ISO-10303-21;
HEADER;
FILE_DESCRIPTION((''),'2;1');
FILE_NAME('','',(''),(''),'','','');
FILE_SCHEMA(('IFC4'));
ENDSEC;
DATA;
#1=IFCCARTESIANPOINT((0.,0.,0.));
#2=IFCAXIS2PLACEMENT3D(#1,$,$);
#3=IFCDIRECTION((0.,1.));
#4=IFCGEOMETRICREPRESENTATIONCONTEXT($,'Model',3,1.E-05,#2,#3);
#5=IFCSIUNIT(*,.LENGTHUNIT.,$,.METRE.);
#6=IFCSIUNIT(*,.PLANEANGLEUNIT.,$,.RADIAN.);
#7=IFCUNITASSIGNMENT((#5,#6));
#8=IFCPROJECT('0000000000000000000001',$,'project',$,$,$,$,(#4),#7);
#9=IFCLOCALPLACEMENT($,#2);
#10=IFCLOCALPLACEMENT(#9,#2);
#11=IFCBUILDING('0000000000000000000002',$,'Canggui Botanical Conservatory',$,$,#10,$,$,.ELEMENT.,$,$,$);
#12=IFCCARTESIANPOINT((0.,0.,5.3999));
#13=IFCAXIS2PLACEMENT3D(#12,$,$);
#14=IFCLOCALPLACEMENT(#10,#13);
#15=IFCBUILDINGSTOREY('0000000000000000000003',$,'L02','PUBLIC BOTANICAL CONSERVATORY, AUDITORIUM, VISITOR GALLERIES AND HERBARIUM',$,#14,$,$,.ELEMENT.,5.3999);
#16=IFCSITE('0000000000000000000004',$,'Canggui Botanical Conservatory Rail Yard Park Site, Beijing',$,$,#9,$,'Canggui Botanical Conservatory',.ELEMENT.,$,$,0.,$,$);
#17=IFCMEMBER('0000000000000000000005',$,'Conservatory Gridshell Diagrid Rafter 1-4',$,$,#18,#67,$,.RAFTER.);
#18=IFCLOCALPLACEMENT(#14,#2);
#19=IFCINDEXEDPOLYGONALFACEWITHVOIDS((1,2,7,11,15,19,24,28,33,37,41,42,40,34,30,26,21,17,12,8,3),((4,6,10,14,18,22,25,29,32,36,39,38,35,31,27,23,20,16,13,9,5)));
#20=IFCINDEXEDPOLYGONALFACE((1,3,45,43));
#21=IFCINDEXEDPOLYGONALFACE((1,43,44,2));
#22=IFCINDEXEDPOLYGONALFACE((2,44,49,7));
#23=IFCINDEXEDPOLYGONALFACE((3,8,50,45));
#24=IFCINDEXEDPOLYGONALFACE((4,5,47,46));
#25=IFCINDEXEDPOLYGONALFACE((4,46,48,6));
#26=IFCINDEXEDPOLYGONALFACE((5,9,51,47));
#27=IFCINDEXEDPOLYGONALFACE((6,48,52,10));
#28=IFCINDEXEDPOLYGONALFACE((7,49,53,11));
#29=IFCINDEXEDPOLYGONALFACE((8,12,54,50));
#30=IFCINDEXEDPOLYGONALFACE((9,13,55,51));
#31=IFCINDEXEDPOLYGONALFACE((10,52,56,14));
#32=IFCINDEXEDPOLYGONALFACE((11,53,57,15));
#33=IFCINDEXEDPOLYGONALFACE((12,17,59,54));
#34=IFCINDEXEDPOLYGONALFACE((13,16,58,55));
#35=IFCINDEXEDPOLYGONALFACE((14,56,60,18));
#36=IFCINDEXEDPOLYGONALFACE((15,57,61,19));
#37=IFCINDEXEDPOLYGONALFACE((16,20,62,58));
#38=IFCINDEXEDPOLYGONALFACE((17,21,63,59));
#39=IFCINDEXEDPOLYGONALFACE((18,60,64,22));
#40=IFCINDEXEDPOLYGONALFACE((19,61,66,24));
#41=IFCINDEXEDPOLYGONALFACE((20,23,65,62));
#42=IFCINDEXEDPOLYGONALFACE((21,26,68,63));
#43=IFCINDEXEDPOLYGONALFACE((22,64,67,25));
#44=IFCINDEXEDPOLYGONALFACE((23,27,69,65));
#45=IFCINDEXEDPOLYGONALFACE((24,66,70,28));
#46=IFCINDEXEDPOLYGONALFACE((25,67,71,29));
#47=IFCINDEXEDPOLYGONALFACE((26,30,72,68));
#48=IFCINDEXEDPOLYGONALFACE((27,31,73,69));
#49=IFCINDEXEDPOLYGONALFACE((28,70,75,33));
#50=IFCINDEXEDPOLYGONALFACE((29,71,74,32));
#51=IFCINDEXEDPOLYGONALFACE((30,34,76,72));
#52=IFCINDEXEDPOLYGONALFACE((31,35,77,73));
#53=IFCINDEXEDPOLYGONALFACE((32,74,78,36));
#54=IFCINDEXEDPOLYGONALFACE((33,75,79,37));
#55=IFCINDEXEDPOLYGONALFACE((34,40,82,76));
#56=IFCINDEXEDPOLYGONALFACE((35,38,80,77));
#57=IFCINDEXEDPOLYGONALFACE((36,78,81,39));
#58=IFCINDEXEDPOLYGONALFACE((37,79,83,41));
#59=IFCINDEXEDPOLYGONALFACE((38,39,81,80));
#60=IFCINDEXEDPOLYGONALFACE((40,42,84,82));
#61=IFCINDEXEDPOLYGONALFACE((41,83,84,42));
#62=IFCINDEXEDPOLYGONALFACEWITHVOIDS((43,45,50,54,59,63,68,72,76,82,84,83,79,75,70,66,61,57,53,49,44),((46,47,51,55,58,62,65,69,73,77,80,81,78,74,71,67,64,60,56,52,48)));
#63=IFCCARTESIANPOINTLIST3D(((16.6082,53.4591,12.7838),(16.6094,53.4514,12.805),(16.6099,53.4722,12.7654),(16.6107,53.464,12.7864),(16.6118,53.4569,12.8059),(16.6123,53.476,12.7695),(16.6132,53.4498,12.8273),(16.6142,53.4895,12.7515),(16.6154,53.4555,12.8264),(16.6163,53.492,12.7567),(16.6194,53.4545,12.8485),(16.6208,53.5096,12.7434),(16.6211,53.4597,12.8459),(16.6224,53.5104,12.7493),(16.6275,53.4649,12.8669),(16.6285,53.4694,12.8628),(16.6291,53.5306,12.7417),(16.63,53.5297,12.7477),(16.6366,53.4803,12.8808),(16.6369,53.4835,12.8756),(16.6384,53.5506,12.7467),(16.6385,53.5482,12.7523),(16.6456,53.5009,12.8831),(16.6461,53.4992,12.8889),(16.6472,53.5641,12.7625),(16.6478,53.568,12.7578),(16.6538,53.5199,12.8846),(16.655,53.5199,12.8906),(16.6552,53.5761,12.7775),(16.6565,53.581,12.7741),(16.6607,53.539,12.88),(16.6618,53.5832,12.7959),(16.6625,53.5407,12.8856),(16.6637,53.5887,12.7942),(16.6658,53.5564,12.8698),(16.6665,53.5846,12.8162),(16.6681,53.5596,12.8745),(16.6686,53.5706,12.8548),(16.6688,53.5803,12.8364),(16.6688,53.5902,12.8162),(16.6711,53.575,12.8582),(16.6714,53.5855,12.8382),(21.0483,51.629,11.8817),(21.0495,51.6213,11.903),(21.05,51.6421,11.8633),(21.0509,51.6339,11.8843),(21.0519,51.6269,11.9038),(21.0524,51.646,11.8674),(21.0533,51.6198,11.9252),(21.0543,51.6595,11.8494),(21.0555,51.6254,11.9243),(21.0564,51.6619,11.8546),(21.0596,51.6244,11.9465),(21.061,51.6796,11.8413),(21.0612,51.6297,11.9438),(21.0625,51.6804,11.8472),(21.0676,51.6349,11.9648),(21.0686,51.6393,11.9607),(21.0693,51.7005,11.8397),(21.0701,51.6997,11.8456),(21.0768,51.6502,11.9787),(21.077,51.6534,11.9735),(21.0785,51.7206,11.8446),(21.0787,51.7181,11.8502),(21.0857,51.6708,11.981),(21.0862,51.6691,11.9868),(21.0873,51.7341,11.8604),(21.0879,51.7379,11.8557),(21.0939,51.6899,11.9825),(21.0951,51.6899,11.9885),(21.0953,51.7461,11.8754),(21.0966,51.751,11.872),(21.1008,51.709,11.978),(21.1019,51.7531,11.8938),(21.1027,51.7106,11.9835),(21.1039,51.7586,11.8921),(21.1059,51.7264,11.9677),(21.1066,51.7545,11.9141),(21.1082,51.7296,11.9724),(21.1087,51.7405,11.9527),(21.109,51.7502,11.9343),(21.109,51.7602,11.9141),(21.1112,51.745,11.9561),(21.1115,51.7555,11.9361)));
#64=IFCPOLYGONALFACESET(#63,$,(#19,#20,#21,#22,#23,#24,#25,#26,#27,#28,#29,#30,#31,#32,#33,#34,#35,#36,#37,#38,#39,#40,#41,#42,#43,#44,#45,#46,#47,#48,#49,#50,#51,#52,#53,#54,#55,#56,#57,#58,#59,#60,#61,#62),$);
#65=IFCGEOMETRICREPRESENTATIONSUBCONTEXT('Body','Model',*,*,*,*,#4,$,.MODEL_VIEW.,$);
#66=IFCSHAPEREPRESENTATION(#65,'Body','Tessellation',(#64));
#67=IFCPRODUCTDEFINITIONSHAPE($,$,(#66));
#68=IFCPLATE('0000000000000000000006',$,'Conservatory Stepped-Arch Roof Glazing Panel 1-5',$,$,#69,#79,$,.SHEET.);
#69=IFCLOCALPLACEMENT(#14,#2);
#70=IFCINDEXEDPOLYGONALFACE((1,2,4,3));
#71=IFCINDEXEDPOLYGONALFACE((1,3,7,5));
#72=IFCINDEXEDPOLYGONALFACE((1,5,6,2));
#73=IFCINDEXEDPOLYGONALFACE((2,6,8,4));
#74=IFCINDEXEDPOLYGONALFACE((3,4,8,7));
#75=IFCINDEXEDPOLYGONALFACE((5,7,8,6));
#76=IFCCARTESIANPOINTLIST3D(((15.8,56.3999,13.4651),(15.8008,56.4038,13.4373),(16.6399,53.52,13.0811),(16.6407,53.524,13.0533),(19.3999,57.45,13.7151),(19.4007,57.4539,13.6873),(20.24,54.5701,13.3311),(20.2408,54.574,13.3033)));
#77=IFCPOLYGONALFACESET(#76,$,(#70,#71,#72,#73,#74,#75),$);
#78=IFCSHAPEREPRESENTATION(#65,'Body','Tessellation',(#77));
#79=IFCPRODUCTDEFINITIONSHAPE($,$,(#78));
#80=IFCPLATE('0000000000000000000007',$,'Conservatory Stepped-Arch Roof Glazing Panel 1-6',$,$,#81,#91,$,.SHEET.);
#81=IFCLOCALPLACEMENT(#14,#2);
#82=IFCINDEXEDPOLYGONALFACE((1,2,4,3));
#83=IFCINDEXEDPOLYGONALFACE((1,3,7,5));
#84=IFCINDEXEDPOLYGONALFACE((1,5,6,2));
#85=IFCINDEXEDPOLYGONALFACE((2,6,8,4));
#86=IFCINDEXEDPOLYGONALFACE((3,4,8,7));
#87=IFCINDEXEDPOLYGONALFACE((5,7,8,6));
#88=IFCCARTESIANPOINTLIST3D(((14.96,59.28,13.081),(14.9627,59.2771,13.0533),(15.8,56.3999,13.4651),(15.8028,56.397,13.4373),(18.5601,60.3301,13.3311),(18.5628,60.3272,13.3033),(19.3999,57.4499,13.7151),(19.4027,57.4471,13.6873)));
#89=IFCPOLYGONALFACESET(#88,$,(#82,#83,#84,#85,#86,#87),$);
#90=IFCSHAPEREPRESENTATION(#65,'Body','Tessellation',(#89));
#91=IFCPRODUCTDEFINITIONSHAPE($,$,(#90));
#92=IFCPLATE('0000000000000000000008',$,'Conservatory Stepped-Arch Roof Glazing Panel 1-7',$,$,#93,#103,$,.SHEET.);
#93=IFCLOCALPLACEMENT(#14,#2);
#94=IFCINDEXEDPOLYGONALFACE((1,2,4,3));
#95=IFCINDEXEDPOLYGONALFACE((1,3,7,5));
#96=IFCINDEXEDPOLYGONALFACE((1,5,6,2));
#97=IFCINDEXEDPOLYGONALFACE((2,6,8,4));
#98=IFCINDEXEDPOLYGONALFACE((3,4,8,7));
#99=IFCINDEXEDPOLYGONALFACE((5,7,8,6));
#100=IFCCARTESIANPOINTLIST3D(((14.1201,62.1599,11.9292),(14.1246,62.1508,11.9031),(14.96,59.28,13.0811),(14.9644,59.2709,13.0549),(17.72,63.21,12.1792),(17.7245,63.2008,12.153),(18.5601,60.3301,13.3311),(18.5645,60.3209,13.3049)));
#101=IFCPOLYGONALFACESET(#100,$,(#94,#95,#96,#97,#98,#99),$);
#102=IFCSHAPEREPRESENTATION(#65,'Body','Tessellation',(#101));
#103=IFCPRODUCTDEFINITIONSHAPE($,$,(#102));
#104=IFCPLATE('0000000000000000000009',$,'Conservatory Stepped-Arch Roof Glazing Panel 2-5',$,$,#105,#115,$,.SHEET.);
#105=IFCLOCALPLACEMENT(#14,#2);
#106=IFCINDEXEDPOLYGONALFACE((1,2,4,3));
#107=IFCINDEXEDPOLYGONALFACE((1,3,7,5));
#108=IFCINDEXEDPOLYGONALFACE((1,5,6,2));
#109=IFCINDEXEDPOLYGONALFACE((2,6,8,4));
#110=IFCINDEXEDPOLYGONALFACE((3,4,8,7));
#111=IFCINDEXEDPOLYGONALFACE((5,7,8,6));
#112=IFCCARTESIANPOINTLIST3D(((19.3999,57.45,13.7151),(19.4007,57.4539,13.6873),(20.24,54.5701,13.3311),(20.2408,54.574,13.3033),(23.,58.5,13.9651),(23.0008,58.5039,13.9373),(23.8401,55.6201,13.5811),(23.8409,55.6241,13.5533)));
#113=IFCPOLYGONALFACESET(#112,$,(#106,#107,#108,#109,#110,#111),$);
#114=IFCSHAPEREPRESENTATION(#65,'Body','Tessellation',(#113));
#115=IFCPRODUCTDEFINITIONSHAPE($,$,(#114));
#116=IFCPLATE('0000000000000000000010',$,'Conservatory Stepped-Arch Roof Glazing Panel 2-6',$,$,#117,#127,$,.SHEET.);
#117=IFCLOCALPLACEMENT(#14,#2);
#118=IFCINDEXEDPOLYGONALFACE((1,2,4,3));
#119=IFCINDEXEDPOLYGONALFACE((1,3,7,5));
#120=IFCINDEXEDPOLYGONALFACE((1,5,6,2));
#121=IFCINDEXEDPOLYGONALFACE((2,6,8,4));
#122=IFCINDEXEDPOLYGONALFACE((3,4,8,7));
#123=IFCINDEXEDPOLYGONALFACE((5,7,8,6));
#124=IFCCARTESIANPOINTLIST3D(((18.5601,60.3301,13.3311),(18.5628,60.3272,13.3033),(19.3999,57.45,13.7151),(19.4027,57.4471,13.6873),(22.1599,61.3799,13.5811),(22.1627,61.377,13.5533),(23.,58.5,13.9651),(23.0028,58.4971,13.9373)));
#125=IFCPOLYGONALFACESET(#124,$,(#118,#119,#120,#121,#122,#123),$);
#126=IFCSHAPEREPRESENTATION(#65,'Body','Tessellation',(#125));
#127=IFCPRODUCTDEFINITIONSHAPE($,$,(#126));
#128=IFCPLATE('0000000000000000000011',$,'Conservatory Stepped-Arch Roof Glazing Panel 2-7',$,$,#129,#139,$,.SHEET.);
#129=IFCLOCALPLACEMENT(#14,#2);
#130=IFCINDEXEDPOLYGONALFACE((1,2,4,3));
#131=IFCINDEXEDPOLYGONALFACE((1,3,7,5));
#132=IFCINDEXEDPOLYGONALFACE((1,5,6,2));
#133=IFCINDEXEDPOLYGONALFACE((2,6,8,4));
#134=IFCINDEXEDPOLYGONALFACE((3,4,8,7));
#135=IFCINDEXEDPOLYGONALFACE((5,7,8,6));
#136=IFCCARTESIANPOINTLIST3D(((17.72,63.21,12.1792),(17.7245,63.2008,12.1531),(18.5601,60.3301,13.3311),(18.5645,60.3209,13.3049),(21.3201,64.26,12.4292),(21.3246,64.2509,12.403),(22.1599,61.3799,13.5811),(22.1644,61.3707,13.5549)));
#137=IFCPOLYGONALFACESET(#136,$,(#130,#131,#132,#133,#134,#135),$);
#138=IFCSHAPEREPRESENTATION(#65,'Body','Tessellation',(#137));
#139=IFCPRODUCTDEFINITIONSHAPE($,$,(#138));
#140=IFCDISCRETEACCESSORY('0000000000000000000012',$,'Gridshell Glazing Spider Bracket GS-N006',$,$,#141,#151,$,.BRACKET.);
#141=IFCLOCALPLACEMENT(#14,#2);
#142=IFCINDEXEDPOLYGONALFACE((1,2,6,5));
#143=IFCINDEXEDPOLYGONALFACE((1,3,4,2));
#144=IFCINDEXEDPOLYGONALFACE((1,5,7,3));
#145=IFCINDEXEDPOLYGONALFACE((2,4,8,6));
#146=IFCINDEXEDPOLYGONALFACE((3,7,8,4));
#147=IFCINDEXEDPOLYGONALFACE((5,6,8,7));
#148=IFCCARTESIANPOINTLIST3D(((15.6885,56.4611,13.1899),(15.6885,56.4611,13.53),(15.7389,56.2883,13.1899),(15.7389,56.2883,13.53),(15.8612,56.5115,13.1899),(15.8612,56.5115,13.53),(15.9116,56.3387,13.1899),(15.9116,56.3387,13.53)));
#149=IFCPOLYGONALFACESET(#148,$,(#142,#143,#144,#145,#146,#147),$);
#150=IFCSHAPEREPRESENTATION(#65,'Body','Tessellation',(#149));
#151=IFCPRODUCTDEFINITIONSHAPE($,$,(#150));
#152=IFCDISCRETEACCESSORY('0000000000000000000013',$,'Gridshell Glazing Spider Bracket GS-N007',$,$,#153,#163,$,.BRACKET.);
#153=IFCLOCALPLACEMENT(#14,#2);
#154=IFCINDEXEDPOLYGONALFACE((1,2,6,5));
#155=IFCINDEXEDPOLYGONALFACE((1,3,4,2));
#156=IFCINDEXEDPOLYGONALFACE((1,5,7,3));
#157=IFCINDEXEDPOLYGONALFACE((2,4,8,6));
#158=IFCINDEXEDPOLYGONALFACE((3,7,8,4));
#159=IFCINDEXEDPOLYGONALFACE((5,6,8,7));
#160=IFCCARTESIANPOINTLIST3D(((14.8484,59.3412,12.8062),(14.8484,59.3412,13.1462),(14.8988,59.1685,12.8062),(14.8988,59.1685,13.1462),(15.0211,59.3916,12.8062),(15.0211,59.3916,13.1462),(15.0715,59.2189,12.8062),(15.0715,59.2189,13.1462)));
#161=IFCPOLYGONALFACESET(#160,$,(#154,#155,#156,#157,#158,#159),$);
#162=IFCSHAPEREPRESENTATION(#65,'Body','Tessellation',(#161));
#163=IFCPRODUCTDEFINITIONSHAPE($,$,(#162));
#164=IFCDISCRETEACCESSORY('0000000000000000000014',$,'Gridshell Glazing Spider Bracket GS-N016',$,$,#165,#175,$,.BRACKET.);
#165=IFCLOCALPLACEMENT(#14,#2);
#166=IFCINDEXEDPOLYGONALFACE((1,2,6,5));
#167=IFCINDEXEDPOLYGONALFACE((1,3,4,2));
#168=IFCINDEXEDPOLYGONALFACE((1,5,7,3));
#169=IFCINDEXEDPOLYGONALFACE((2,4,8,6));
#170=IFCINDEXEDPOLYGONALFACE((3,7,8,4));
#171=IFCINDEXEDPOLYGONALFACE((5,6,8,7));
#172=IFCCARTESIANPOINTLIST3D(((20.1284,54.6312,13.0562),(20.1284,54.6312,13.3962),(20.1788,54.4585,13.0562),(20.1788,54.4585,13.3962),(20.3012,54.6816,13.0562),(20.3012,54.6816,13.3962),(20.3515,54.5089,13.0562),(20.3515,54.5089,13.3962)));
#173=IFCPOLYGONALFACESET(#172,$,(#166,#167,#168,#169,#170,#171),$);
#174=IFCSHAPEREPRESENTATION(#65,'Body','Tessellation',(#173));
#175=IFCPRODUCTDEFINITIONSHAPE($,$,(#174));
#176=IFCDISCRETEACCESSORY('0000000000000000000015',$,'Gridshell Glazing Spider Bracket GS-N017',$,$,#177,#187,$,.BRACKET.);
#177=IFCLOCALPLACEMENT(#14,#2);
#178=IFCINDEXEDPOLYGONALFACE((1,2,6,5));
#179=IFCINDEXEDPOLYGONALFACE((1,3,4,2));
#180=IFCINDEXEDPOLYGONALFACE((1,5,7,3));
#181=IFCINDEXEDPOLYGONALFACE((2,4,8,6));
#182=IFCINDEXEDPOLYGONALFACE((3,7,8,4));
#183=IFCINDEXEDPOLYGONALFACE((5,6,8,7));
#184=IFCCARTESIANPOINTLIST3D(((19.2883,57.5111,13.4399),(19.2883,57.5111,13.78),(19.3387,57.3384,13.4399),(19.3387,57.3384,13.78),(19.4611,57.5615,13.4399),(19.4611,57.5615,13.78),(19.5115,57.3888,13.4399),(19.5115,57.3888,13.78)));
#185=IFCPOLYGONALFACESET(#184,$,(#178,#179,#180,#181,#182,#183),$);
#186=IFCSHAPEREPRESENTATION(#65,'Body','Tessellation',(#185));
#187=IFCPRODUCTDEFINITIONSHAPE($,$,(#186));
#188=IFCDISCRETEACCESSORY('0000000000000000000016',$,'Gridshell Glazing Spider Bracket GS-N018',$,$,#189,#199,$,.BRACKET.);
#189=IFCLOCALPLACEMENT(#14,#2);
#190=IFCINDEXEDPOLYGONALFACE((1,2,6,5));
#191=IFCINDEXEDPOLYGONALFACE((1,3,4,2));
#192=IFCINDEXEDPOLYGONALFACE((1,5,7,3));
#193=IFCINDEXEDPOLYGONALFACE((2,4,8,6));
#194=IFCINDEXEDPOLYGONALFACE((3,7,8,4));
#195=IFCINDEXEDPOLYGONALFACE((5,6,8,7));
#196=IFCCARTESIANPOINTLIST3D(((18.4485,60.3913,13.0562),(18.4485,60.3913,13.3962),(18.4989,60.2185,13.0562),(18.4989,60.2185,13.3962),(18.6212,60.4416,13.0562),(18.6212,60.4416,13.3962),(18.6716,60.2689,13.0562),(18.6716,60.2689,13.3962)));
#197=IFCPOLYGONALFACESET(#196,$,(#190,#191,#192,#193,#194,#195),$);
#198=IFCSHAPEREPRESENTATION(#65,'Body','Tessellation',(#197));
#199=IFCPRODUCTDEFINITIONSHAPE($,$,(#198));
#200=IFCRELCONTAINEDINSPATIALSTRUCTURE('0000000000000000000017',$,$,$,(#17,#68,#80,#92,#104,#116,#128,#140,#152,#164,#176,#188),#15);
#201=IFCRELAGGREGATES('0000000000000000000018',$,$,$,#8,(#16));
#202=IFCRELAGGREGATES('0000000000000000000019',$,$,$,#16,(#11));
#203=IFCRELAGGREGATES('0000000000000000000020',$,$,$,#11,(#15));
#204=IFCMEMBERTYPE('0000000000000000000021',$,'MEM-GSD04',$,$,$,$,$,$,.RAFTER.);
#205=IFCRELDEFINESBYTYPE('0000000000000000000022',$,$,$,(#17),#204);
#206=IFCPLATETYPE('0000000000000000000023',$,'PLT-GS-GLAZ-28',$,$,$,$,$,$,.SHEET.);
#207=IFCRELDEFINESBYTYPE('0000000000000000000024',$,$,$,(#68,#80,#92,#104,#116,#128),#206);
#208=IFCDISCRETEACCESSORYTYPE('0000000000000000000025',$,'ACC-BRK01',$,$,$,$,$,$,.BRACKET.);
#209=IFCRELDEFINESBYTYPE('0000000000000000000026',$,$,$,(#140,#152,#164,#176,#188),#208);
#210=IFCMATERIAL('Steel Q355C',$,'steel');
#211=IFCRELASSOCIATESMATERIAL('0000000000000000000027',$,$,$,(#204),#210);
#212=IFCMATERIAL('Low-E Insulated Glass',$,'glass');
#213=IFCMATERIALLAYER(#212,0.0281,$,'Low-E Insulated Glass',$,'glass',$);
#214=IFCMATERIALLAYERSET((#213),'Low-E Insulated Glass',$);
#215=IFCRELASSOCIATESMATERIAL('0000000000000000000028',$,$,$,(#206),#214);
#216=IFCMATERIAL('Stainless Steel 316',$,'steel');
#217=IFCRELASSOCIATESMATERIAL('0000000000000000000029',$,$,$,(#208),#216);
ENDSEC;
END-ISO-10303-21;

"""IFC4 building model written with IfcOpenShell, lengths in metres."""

from ifc_helpers import new_model, si_unit, direction, frame, origin, origin_2d, place, context, subcontext, project, spatial, polyline, rectangle, hollow_circle, outline, extrude, material, layer, layer_set, material_profile, profile_set, type_object, element, save


model = new_model("IFC4")

# Units and contexts
model_context = context("Model", 3, precision=1e-05, world=origin(), true_north=direction((0.0, 1.0)))
body_context = subcontext(model_context, "Body", "Model", "MODEL_VIEW")
ifc_project = project(units=[si_unit("LENGTHUNIT", "METRE"), si_unit("PLANEANGLEUNIT", "RADIAN")], contexts=[model_context])

# Site, building, storey
site_placement = place(None, origin())
site = spatial("IfcSite", under=ifc_project, at=site_placement, Name="Canggui Botanical Conservatory Rail Yard Park Site, Beijing", LongName="Canggui Botanical Conservatory", CompositionType="ELEMENT", RefElevation=0.0)
building_placement = place(site_placement, origin())
building = spatial("IfcBuilding", under=site, at=building_placement, Name="Canggui Botanical Conservatory", CompositionType="ELEMENT")
storey_placement = place(building_placement, frame((0.0, 0.0, 5.3999)))
storey = spatial("IfcBuildingStorey", under=building, at=storey_placement, Name="L02", Description="PUBLIC BOTANICAL CONSERVATORY, AUDITORIUM, VISITOR GALLERIES AND HERBARIUM", CompositionType="ELEMENT", Elevation=5.3999)

# Shared definitions
ifc_material_1 = material(Name="Steel Q355C", Category="steel")

# Member
ifc_material_profile_1 = material_profile(ifc_material_1, hollow_circle(Radius=0.0759, WallThickness=0.0061, at=origin_2d()), Name="CHS 152x6")
ifc_profile_set_1 = profile_set([ifc_material_profile_1], Name="Steel Q355C")
member_type_1 = type_object("IfcMemberType", Name="MEM-GSD04", PredefinedType="RAFTER", material=ifc_profile_set_1)
member_1_placement = place(storey_placement, frame((16.6399, 53.52, 12.8162), z_axis=(0.908657, -0.374515, -0.184609), x_axis=(0.381064, 0.924549, 0.0)))
element("IfcMember", 1, at=member_1_placement, inside=storey, type_object=member_type_1, Name="Conservatory Gridshell Diagrid Rafter 1-4", PredefinedType="RAFTER", context=body_context, shape_type="SweptSolid", body=[
    extrude(hollow_circle(Radius=0.0759, WallThickness=0.0061, at=origin_2d()), origin(), (0.0, 0.0, 1.0), 4.8865),
])

# Plates
ifc_material_2 = material(Name="Low-E Insulated Glass", Category="glass")
ifc_layer = layer(ifc_material_2, 0.0281, Name="Low-E Insulated Glass", Category="glass")
ifc_layer_set = layer_set([ifc_layer], Name="Low-E Insulated Glass")
plate_type = type_object("IfcPlateType", Name="PLT-GS-GLAZ-28", PredefinedType="SHEET", material=ifc_layer_set)
plate_1_placement = place(storey_placement, frame((16.6399, 53.52, 13.0811), z_axis=(-0.027865, -0.14011, 0.989744), x_axis=(0.957872, 0.279385, 0.066518)))
element("IfcPlate", 2, at=plate_1_placement, inside=storey, type_object=plate_type, Name="Conservatory Stepped-Arch Roof Glazing Panel 1-5", PredefinedType="SHEET", context=body_context, shape_type="SweptSolid", body=[
    extrude(outline(polyline([(0.0, 0.0), (3.7584, 0.0), (3.7839, 3.0243), (0.0257, 3.0242), (0.0, 0.0)])), origin(), (0.0, 0.0, -1.0), 0.0281),
])
plate_2_placement = place(storey_placement, frame((15.8, 56.3999, 13.4651), z_axis=(-0.09882, 0.103151, 0.989745), x_axis=(0.957867, 0.279402, 0.066518)))
element("IfcPlate", 3, at=plate_2_placement, inside=storey, type_object=plate_type, Name="Conservatory Stepped-Arch Roof Glazing Panel 1-6", PredefinedType="SHEET", context=body_context, shape_type="SweptSolid", body=[
    extrude(outline(polyline([(0.0, 0.0), (3.7582, 0.0), (3.7329, 3.0245), (-0.0255, 3.0245), (0.0, 0.0)])), origin(), (0.0, 0.0, -1.0), 0.0281),
])
plate_3_placement = place(storey_placement, frame((14.96, 59.28, 13.0811), z_axis=(-0.159809, 0.326055, 0.931745), x_axis=(0.957872, 0.279387, 0.066522)))
element("IfcPlate", 4, at=plate_3_placement, inside=storey, type_object=plate_type, Name="Conservatory Stepped-Arch Roof Glazing Panel 1-7", PredefinedType="SHEET", context=body_context, shape_type="SweptSolid", body=[
    extrude(outline(polyline([(0.0, 0.0), (3.7584, 0.0), (3.6817, 3.2125), (-0.0765, 3.2125), (0.0, 0.0)])), origin(), (0.0, 0.0, -1.0), 0.0281),
])
plate_4_placement = place(storey_placement, frame((20.24, 54.5701, 13.3311), z_axis=(-0.027864, -0.140111, 0.989744), x_axis=(0.957872, 0.279385, 0.066517)))
element("IfcPlate", 5, at=plate_4_placement, inside=storey, type_object=plate_type, Name="Conservatory Stepped-Arch Roof Glazing Panel 2-5", PredefinedType="SHEET", context=body_context, shape_type="SweptSolid", body=[
    extrude(outline(polyline([(0.0, 0.0), (3.7584, 0.0), (3.7839, 3.0243), (0.0254, 3.0243), (0.0, 0.0)])), origin(), (0.0, 0.0, -1.0), 0.0281),
])
plate_5_placement = place(storey_placement, frame((19.3999, 57.45, 13.7151), z_axis=(-0.098818, 0.103156, 0.989744), x_axis=(0.957872, 0.279385, 0.066517)))
element("IfcPlate", 6, at=plate_5_placement, inside=storey, type_object=plate_type, Name="Conservatory Stepped-Arch Roof Glazing Panel 2-6", PredefinedType="SHEET", context=body_context, shape_type="SweptSolid", body=[
    extrude(outline(polyline([(0.0, 0.0), (3.7584, 0.0), (3.7328, 3.0243), (-0.0253, 3.0245), (0.0, 0.0)])), origin(), (0.0, 0.0, -1.0), 0.0281),
])
plate_6_placement = place(storey_placement, frame((18.5601, 60.3301, 13.3311), z_axis=(-0.159796, 0.326047, 0.93175), x_axis=(0.957884, 0.279344, 0.066527)))
element("IfcPlate", 7, at=plate_6_placement, inside=storey, type_object=plate_type, Name="Conservatory Stepped-Arch Roof Glazing Panel 2-7", PredefinedType="SHEET", context=body_context, shape_type="SweptSolid", body=[
    extrude(outline(polyline([(0.0, 0.0), (3.7581, 0.0), (3.6816, 3.2127), (-0.0769, 3.2125), (0.0, 0.0)])), origin(), (0.0, 0.0, -1.0), 0.0281),
])

# Discrete accessories
ifc_material_3 = material(Name="Stainless Steel 316", Category="steel")
discrete_accessory_type_1 = type_object("IfcDiscreteAccessoryType", Name="ACC-BRK01", PredefinedType="BRACKET", material=ifc_material_3)
for number, where, z_axis, x_axis, name in (
    (8, (15.8, 56.3999, 13.1899), (0.0, 0.0, 1.0), (0.96, 0.28, 0.0), "Gridshell Glazing Spider Bracket GS-N006"),
    (9, (14.96, 59.28, 12.8062), (0.0, 0.0, 1.0), (0.96, 0.28, 0.0), "Gridshell Glazing Spider Bracket GS-N007"),
    (10, (20.24, 54.5701, 13.0562), (0.0, 0.0, 1.0), (0.96, 0.28, 0.0), "Gridshell Glazing Spider Bracket GS-N016"),
    (11, (19.3999, 57.45, 13.4399), (0.0, 0.0, 1.0), (0.96, 0.28, 0.0), "Gridshell Glazing Spider Bracket GS-N017"),
    (12, (18.5601, 60.3301, 13.0562), (0.0, 0.0, 1.0), (0.96, 0.28, 0.0), "Gridshell Glazing Spider Bracket GS-N018"),
):
    element("IfcDiscreteAccessory", number, at=place(storey_placement, frame(where, z_axis=z_axis, x_axis=x_axis)), inside=storey, type_object=discrete_accessory_type_1, Name=name, PredefinedType="BRACKET", context=body_context, shape_type="SweptSolid", body=[
        extrude(rectangle(XDim=0.1799, YDim=0.1799, at=origin_2d()), origin(), (0.0, 0.0, 1.0), 0.3401),
    ])

save(model, "model.ifc")
